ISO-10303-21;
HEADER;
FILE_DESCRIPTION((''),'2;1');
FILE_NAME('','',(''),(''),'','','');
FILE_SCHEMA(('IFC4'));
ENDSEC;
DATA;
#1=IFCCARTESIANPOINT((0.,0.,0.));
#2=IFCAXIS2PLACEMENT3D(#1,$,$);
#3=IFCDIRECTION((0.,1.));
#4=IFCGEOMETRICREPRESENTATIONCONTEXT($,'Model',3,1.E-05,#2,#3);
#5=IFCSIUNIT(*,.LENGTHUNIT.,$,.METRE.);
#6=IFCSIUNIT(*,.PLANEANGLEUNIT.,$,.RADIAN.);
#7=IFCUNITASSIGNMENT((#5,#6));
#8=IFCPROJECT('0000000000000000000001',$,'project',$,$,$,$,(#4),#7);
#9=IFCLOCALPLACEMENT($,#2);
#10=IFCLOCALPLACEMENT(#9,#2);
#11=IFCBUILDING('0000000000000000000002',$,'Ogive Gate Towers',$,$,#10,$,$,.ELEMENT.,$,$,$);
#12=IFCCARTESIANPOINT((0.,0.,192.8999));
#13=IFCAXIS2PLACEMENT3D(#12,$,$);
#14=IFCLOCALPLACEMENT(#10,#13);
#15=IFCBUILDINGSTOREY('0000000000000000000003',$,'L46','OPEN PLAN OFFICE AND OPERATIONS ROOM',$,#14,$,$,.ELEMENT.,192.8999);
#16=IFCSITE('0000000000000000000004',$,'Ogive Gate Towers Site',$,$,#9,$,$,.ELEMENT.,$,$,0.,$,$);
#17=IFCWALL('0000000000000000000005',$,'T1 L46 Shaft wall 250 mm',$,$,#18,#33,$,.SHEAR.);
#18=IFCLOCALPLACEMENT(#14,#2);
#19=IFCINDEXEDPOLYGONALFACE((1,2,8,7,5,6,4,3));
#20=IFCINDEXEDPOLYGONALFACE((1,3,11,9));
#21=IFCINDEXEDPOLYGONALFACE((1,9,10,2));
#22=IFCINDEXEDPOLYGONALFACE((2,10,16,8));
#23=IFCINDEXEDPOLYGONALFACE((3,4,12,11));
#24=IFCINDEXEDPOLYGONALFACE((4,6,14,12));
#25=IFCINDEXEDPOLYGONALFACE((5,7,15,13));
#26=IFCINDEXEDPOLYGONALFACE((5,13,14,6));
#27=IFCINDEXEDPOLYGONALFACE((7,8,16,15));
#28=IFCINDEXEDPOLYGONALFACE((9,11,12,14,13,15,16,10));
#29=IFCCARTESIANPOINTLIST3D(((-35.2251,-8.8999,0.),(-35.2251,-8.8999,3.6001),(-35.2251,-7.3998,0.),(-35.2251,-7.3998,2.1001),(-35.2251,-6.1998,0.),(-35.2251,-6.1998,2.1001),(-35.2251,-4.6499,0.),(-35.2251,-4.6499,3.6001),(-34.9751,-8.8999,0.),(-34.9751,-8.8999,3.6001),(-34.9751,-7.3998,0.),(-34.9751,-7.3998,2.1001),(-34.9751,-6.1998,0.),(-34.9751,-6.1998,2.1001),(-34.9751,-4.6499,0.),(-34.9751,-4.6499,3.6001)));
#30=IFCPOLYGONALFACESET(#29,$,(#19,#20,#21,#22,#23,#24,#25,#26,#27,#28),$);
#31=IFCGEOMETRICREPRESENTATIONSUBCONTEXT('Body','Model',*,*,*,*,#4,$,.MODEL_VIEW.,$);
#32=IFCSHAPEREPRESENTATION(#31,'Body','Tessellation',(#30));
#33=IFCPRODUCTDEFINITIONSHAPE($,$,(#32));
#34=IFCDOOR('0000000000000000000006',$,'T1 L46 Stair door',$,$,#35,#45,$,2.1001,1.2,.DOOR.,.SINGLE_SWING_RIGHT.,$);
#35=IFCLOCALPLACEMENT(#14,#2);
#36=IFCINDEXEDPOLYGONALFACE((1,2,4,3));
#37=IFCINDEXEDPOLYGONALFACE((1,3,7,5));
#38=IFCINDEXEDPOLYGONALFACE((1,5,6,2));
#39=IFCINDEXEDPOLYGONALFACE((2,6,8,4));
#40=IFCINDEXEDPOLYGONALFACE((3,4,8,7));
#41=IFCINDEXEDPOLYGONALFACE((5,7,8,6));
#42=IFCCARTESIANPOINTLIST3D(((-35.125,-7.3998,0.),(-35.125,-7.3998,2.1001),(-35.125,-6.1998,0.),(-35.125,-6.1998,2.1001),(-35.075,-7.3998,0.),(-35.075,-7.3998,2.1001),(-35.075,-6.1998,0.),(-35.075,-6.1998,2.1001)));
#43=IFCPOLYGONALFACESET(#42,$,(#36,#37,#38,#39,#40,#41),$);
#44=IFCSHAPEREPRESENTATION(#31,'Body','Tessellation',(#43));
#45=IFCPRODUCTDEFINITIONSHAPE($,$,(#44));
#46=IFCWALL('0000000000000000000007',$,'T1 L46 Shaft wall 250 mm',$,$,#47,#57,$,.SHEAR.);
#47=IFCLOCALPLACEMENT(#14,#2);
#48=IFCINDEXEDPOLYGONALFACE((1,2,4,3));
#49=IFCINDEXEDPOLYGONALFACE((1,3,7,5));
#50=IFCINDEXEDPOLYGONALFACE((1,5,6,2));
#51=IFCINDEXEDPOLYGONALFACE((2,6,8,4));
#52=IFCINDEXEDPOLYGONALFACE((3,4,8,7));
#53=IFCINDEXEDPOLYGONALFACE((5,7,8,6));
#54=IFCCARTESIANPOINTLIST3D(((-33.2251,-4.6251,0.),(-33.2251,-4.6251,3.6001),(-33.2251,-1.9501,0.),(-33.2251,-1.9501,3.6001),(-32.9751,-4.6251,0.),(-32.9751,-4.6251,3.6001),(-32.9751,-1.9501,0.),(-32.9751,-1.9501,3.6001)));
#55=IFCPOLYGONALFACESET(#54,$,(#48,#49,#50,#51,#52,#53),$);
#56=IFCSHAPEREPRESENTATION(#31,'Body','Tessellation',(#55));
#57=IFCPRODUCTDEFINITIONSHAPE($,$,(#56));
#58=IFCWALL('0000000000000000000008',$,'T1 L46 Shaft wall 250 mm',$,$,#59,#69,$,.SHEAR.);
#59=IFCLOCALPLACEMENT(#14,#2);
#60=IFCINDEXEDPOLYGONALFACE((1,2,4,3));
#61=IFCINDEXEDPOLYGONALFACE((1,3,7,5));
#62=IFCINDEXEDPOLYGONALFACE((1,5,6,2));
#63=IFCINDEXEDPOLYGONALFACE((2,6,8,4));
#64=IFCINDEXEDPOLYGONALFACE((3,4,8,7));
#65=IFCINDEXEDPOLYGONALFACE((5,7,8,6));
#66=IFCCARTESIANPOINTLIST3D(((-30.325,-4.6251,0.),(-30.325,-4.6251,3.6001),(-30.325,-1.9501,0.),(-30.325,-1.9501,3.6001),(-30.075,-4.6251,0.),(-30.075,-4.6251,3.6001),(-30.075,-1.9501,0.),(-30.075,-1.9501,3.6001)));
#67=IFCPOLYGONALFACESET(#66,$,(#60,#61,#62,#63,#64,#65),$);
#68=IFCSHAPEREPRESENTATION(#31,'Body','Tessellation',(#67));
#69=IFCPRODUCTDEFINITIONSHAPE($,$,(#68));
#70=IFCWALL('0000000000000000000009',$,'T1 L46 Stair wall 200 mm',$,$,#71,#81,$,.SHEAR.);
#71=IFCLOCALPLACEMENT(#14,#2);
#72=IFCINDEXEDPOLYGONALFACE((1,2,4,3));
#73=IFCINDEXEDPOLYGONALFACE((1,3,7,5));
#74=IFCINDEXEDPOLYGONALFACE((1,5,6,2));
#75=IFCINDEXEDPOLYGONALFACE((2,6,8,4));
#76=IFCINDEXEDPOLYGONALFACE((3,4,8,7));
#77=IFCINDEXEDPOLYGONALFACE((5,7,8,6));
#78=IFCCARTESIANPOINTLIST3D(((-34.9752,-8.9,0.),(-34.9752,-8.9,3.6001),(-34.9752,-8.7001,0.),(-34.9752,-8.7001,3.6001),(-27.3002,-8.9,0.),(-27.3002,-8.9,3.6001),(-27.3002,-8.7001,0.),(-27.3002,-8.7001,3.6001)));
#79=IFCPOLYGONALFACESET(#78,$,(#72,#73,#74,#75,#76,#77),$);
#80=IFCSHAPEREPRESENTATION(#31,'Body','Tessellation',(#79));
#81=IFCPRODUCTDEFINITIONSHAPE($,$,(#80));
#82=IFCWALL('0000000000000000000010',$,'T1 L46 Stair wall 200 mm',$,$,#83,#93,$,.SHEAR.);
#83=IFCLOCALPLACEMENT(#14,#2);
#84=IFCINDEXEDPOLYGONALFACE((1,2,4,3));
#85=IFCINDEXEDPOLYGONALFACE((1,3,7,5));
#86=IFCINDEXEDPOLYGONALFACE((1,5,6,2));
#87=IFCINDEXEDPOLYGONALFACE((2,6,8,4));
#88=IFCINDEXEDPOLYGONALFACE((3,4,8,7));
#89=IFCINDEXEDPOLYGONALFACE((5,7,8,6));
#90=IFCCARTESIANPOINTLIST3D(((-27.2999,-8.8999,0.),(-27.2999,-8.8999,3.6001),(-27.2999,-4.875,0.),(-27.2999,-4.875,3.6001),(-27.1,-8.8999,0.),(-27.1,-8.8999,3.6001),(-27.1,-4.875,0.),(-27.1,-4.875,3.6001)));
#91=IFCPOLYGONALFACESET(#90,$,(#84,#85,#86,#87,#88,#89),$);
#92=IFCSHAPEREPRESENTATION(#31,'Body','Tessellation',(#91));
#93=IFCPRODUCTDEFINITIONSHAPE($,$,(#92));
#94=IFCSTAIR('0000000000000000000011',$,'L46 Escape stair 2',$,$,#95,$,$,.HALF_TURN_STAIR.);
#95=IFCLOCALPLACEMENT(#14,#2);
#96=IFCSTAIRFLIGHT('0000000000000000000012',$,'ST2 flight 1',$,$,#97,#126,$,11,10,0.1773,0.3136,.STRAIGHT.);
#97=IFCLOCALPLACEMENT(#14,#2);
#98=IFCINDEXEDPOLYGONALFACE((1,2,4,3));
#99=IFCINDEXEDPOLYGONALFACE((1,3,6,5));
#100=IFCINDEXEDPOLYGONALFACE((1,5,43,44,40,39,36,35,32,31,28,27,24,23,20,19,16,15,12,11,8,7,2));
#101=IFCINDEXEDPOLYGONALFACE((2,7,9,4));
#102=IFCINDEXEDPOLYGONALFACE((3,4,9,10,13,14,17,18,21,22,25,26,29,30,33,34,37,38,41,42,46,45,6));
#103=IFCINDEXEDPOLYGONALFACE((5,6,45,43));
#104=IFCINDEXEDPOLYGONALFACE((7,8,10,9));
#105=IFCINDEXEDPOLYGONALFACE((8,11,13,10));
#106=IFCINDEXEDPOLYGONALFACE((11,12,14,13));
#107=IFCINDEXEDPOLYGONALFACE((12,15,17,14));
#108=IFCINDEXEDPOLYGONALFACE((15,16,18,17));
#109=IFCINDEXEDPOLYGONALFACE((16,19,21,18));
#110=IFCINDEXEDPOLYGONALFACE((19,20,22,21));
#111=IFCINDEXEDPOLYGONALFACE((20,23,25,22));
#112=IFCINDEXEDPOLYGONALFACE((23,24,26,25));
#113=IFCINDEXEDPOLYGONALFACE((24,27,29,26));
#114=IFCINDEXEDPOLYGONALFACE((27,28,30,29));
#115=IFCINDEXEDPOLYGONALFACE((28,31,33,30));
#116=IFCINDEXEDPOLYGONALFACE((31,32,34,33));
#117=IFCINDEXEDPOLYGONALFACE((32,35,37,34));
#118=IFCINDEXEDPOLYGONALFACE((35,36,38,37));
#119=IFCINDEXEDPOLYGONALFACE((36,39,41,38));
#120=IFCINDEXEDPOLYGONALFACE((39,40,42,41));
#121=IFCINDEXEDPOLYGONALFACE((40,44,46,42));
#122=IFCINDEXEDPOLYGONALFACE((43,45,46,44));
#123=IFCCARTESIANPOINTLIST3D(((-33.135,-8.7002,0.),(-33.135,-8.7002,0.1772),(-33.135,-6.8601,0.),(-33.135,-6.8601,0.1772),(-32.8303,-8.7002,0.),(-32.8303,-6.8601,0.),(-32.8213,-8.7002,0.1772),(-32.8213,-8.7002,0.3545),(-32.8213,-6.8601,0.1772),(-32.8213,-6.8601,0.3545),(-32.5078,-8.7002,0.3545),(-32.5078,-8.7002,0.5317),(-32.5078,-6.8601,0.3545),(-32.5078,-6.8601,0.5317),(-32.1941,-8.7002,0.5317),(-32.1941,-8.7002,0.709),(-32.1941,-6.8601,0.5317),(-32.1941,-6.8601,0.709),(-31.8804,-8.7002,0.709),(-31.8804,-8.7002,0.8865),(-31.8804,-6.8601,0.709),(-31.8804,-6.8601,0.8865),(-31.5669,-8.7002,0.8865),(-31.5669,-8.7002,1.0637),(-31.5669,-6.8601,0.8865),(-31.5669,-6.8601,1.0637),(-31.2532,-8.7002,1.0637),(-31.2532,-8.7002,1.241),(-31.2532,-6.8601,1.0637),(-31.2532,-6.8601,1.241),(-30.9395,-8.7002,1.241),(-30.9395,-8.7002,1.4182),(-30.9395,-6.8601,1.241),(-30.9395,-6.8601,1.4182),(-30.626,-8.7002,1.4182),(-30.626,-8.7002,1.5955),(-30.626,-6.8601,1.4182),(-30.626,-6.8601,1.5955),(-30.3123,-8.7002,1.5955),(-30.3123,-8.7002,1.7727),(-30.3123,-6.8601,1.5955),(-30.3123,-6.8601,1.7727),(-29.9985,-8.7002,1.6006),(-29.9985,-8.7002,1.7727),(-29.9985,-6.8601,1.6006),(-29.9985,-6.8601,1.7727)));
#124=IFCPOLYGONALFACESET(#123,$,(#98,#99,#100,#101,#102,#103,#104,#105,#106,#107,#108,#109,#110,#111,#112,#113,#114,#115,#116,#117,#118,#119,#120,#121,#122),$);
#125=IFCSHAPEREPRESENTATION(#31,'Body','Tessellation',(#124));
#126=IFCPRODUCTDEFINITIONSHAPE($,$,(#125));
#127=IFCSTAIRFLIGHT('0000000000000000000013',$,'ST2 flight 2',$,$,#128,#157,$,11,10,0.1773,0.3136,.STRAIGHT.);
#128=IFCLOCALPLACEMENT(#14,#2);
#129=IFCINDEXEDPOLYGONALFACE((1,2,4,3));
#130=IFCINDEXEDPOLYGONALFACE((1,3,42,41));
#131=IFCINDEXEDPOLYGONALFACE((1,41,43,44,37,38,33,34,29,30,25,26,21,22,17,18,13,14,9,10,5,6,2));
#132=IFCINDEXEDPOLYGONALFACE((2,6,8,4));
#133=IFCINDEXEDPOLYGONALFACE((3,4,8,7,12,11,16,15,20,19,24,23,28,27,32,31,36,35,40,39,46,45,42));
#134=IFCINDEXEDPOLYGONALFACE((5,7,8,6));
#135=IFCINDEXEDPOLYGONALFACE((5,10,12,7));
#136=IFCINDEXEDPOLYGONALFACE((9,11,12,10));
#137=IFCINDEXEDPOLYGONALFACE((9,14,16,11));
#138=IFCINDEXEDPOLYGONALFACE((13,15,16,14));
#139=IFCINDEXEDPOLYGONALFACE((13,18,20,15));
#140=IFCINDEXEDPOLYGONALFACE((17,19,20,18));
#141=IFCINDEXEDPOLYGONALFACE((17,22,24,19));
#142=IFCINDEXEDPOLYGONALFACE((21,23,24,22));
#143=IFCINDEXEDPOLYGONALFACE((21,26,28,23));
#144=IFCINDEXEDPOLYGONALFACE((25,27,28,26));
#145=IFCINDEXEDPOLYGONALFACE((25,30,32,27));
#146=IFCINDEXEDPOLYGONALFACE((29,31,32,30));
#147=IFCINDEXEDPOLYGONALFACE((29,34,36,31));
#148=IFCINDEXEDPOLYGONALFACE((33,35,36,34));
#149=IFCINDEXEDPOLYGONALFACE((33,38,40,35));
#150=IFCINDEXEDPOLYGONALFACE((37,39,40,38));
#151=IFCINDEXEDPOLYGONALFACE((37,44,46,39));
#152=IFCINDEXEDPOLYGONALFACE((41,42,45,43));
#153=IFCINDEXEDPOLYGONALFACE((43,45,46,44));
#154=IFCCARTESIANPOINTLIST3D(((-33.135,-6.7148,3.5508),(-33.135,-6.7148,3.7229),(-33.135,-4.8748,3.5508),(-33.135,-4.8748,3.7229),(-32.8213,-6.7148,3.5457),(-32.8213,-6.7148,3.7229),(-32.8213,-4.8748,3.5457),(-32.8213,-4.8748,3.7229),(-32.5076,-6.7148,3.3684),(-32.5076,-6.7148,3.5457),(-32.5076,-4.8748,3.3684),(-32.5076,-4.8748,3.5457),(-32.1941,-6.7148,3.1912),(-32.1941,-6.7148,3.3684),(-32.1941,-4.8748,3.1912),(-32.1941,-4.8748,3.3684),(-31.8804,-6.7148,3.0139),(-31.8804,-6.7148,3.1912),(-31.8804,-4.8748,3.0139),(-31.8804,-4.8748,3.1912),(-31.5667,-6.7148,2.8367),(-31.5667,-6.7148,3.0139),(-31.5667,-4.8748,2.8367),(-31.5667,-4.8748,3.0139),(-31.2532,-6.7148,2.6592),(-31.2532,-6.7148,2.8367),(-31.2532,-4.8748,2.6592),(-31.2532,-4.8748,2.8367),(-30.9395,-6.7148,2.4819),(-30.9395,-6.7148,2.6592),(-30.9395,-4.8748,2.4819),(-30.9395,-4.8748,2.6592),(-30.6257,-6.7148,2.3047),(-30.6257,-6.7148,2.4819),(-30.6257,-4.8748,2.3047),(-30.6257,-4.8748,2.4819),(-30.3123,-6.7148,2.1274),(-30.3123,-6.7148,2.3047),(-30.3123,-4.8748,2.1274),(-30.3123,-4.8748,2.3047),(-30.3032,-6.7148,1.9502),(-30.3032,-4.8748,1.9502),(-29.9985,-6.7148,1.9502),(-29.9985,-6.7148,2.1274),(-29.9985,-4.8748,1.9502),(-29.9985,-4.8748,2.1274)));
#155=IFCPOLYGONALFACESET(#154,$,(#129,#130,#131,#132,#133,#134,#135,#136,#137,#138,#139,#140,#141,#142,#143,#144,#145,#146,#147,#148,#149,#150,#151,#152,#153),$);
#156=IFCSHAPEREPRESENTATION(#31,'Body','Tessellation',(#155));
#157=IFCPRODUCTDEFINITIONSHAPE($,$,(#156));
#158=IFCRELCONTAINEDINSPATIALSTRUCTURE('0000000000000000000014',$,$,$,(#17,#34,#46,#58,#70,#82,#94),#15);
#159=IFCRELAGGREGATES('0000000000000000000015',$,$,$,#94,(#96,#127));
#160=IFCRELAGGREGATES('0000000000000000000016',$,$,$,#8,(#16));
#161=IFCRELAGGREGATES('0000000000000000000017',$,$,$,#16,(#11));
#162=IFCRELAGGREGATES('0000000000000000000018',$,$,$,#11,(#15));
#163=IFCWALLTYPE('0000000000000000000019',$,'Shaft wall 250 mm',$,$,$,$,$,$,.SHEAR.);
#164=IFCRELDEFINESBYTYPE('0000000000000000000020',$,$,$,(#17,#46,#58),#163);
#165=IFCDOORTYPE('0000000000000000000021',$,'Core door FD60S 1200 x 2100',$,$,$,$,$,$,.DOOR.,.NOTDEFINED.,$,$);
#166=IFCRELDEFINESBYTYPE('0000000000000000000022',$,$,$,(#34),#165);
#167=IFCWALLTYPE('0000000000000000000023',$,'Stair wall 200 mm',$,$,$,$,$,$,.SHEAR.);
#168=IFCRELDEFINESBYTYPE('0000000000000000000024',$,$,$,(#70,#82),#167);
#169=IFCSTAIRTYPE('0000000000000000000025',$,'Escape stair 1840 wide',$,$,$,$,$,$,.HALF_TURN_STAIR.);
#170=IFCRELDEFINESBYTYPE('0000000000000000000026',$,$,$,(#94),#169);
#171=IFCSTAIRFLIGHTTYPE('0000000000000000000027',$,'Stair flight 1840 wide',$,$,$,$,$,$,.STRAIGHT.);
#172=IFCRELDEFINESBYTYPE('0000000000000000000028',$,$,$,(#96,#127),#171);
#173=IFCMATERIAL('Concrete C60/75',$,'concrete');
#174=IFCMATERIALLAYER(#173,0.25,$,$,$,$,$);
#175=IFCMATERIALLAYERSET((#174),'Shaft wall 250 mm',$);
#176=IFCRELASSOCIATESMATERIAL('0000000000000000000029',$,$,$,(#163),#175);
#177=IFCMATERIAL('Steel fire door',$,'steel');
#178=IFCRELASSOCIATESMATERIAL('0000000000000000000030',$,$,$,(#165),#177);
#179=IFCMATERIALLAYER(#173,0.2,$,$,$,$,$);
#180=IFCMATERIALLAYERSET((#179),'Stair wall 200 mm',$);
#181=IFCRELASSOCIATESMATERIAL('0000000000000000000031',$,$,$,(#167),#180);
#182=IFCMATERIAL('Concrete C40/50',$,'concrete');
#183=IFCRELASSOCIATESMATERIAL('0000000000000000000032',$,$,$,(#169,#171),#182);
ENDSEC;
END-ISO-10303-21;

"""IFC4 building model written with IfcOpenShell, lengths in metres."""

from ifc_helpers import new_model, si_unit, direction, frame, frame_2d, origin, place, context, subcontext, project, spatial, polyline, rectangle, outline, extrude, material, layer, layer_set, type_object, element, fill, aggregate, save


model = new_model("IFC4")

# Units and contexts
model_context = context("Model", 3, precision=1e-05, world=origin(), true_north=direction((0.0, 1.0)))
body_context = subcontext(model_context, "Body", "Model", "MODEL_VIEW")
ifc_project = project(units=[si_unit("LENGTHUNIT", "METRE"), si_unit("PLANEANGLEUNIT", "RADIAN")], contexts=[model_context])

# Site, building, storey
site_placement = place(None, origin())
site = spatial("IfcSite", under=ifc_project, at=site_placement, Name="Ogive Gate Towers Site", CompositionType="ELEMENT", RefElevation=0.0)
building_placement = place(site_placement, origin())
building = spatial("IfcBuilding", under=site, at=building_placement, Name="Ogive Gate Towers", CompositionType="ELEMENT")
storey_placement = place(building_placement, frame((0.0, 0.0, 192.8999)))
storey = spatial("IfcBuildingStorey", under=building, at=storey_placement, Name="L46", Description="OPEN PLAN OFFICE AND OPERATIONS ROOM", CompositionType="ELEMENT", Elevation=192.8999)

# Shared definitions
ifc_material_1 = material(Name="Concrete C60/75", Category="concrete")
ifc_material_2 = material(Name="Steel fire door", Category="steel")

# Shared definitions
ifc_layer_1 = layer(ifc_material_1, 0.25)
ifc_layer_set_1 = layer_set([ifc_layer_1], Name="Shaft wall 250 mm")
wall_type_1 = type_object("IfcWallType", Name="Shaft wall 250 mm", PredefinedType="SHEAR", material=ifc_layer_set_1)

# Wall, opening, door
wall_1_placement = place(storey_placement, frame((-35.1001, -8.8999, 0.0), z_axis=(0.0, 0.0, 1.0), x_axis=(0.0, 1.0, 0.0)))
wall_1 = element("IfcWall", 1, at=wall_1_placement, inside=storey, type_object=wall_type_1, Name="T1 L46 Shaft wall 250 mm", PredefinedType="SHEAR", context=body_context, shape_type="SweptSolid", body=[
    extrude(rectangle(XDim=4.25, YDim=0.25, at=frame_2d((2.125, 0.0))), origin(), (0.0, 0.0, 1.0), 3.6001),
])
opening_1_placement = place(wall_1_placement, frame((1.5, 0.0, 0.0)))
opening_1 = element("IfcOpeningElement", 2, at=opening_1_placement, cuts=wall_1, PredefinedType="OPENING", context=body_context, shape_type="SweptSolid", body=[
    extrude(rectangle(XDim=1.2, YDim=2.1001, at=frame_2d((0.6001, 1.05))), frame((0.0, 0.135, 0.0), z_axis=(0.0, -1.0, 0.0), x_axis=(1.0, 0.0, 0.0)), (0.0, 0.0, 1.0), 0.27),
])
door_type_1 = type_object("IfcDoorType", Name="Core door FD60S 1200 x 2100", OperationType="NOTDEFINED", PredefinedType="DOOR", material=ifc_material_2)
door_1_placement = place(opening_1_placement, origin())
door_1 = element("IfcDoor", 3, at=door_1_placement, inside=storey, type_object=door_type_1, Name="T1 L46 Stair door", OperationType="SINGLE_SWING_RIGHT", OverallHeight=2.1001, OverallWidth=1.2, PredefinedType="DOOR", context=body_context, shape_type="SweptSolid", body=[
    extrude(rectangle(XDim=1.2, YDim=2.1001, at=frame_2d((0.6001, 1.05))), frame((0.0, 0.0249, 0.0), z_axis=(0.0, -1.0, 0.0), x_axis=(1.0, 0.0, 0.0)), (0.0, 0.0, 1.0), 0.05),
])
fill(opening_1, door_1)

# Walls
for number, where, z_axis, x_axis, name in (
    (4, (-33.1001, -4.625, 0.0), (0.0, 0.0, 1.0), (0.0, 1.0, 0.0), "T1 L46 Shaft wall 250 mm"),
    (5, (-30.2, -4.625, 0.0), (0.0, 0.0, 1.0), (0.0, 1.0, 0.0), "T1 L46 Shaft wall 250 mm"),
):
    element("IfcWall", number, at=place(storey_placement, frame(where, z_axis=z_axis, x_axis=x_axis)), inside=storey, type_object=wall_type_1, Name=name, PredefinedType="SHEAR", context=body_context, shape_type="SweptSolid", body=[
        extrude(rectangle(XDim=2.675, YDim=0.25, at=frame_2d((1.3374, 0.0))), origin(), (0.0, 0.0, 1.0), 3.6001),
    ])
ifc_layer_2 = layer(ifc_material_1, 0.2)
ifc_layer_set_2 = layer_set([ifc_layer_2], Name="Stair wall 200 mm")
wall_type_2 = type_object("IfcWallType", Name="Stair wall 200 mm", PredefinedType="SHEAR", material=ifc_layer_set_2)
wall_2_placement = place(storey_placement, frame((-34.9751, -8.8, 0.0), z_axis=(0.0, 0.0, 1.0), x_axis=(1.0, 0.0, 0.0)))
element("IfcWall", 6, at=wall_2_placement, inside=storey, type_object=wall_type_2, Name="T1 L46 Stair wall 200 mm", PredefinedType="SHEAR", context=body_context, shape_type="SweptSolid", body=[
    extrude(rectangle(XDim=7.675, YDim=0.2, at=frame_2d((3.8374, 0.0))), origin(), (0.0, 0.0, 1.0), 3.6001),
])
wall_3_placement = place(storey_placement, frame((-27.2, -8.8999, 0.0), z_axis=(0.0, 0.0, 1.0), x_axis=(0.0, 1.0, 0.0)))
element("IfcWall", 7, at=wall_3_placement, inside=storey, type_object=wall_type_2, Name="T1 L46 Stair wall 200 mm", PredefinedType="SHEAR", context=body_context, shape_type="SweptSolid", body=[
    extrude(rectangle(XDim=4.0249, YDim=0.2, at=frame_2d((2.0125, 0.0))), origin(), (0.0, 0.0, 1.0), 3.6001),
])

# Stair, stair flights
ifc_material_3 = material(Name="Concrete C40/50", Category="concrete")
stair_type = type_object("IfcStairType", Name="Escape stair 1840 wide", PredefinedType="HALF_TURN_STAIR", material=ifc_material_3)
stair_placement = place(storey_placement, origin())
stair = element("IfcStair", 8, at=stair_placement, inside=storey, type_object=stair_type, Name="L46 Escape stair 2", PredefinedType="HALF_TURN_STAIR")
stair_flight_type = type_object("IfcStairFlightType", Name="Stair flight 1840 wide", PredefinedType="STRAIGHT", material=ifc_material_3)
stair_flight_1_placement = place(storey_placement, frame((-33.135, -7.78, 0.0), z_axis=(0.0, 0.0, 1.0), x_axis=(1.0, 0.0, 0.0)))
stair_flight_1 = element("IfcStairFlight", 9, at=stair_flight_1_placement, type_object=stair_flight_type, Name="ST2 flight 1", NumberOfRisers=11, NumberOfTreads=10, PredefinedType="STRAIGHT", RiserHeight=0.1773, TreadLength=0.3136, context=body_context, shape_type="SweptSolid", body=[
    extrude(outline(polyline([(0.0, 0.0), (0.0, 0.1772), (0.3137, 0.1772), (0.3137, 0.3545), (0.6272, 0.3545), (0.6272, 0.5317), (0.9409, 0.5317), (0.9409, 0.709), (1.2546, 0.709), (1.2546, 0.8865), (1.5681, 0.8865), (1.5681, 1.0637), (1.8818, 1.0637), (1.8818, 1.241), (2.1956, 1.241), (2.1956, 1.4182), (2.509, 1.4182), (2.509, 1.5955), (2.8228, 1.5955), (2.8228, 1.7727), (3.1365, 1.7727), (3.1365, 1.95), (3.1365, 1.6006), (0.3047, 0.0), (0.0, 0.0)])), frame((0.0, 0.9199, 0.0), z_axis=(0.0, -1.0, 0.0), x_axis=(1.0, 0.0, 0.0)), (0.0, 0.0, 1.0), 1.8401),
])
stair_flight_2_placement = place(storey_placement, frame((-29.9985, -5.7949, 1.9502), z_axis=(0.0, 0.0, 1.0), x_axis=(-1.0, 0.0, 0.0)))
stair_flight_2 = element("IfcStairFlight", 10, at=stair_flight_2_placement, type_object=stair_flight_type, Name="ST2 flight 2", NumberOfRisers=11, NumberOfTreads=10, PredefinedType="STRAIGHT", RiserHeight=0.1773, TreadLength=0.3136, context=body_context, shape_type="SweptSolid", body=[
    extrude(outline(polyline([(0.0, 0.0), (0.0, 0.1772), (0.3137, 0.1772), (0.3137, 0.3545), (0.6272, 0.3545), (0.6272, 0.5317), (0.9409, 0.5317), (0.9409, 0.709), (1.2546, 0.709), (1.2546, 0.8865), (1.5681, 0.8865), (1.5681, 1.0637), (1.8818, 1.0637), (1.8818, 1.241), (2.1956, 1.241), (2.1956, 1.4182), (2.509, 1.4182), (2.509, 1.5955), (2.8228, 1.5955), (2.8228, 1.7727), (3.1365, 1.7727), (3.1365, 1.95), (3.1365, 1.6006), (0.3047, 0.0), (0.0, 0.0)])), frame((0.0, 0.9199, 0.0), z_axis=(0.0, -1.0, 0.0), x_axis=(1.0, 0.0, 0.0)), (0.0, 0.0, 1.0), 1.8401),
])
aggregate(stair, [stair_flight_1, stair_flight_2])

save(model, "model.ifc")
